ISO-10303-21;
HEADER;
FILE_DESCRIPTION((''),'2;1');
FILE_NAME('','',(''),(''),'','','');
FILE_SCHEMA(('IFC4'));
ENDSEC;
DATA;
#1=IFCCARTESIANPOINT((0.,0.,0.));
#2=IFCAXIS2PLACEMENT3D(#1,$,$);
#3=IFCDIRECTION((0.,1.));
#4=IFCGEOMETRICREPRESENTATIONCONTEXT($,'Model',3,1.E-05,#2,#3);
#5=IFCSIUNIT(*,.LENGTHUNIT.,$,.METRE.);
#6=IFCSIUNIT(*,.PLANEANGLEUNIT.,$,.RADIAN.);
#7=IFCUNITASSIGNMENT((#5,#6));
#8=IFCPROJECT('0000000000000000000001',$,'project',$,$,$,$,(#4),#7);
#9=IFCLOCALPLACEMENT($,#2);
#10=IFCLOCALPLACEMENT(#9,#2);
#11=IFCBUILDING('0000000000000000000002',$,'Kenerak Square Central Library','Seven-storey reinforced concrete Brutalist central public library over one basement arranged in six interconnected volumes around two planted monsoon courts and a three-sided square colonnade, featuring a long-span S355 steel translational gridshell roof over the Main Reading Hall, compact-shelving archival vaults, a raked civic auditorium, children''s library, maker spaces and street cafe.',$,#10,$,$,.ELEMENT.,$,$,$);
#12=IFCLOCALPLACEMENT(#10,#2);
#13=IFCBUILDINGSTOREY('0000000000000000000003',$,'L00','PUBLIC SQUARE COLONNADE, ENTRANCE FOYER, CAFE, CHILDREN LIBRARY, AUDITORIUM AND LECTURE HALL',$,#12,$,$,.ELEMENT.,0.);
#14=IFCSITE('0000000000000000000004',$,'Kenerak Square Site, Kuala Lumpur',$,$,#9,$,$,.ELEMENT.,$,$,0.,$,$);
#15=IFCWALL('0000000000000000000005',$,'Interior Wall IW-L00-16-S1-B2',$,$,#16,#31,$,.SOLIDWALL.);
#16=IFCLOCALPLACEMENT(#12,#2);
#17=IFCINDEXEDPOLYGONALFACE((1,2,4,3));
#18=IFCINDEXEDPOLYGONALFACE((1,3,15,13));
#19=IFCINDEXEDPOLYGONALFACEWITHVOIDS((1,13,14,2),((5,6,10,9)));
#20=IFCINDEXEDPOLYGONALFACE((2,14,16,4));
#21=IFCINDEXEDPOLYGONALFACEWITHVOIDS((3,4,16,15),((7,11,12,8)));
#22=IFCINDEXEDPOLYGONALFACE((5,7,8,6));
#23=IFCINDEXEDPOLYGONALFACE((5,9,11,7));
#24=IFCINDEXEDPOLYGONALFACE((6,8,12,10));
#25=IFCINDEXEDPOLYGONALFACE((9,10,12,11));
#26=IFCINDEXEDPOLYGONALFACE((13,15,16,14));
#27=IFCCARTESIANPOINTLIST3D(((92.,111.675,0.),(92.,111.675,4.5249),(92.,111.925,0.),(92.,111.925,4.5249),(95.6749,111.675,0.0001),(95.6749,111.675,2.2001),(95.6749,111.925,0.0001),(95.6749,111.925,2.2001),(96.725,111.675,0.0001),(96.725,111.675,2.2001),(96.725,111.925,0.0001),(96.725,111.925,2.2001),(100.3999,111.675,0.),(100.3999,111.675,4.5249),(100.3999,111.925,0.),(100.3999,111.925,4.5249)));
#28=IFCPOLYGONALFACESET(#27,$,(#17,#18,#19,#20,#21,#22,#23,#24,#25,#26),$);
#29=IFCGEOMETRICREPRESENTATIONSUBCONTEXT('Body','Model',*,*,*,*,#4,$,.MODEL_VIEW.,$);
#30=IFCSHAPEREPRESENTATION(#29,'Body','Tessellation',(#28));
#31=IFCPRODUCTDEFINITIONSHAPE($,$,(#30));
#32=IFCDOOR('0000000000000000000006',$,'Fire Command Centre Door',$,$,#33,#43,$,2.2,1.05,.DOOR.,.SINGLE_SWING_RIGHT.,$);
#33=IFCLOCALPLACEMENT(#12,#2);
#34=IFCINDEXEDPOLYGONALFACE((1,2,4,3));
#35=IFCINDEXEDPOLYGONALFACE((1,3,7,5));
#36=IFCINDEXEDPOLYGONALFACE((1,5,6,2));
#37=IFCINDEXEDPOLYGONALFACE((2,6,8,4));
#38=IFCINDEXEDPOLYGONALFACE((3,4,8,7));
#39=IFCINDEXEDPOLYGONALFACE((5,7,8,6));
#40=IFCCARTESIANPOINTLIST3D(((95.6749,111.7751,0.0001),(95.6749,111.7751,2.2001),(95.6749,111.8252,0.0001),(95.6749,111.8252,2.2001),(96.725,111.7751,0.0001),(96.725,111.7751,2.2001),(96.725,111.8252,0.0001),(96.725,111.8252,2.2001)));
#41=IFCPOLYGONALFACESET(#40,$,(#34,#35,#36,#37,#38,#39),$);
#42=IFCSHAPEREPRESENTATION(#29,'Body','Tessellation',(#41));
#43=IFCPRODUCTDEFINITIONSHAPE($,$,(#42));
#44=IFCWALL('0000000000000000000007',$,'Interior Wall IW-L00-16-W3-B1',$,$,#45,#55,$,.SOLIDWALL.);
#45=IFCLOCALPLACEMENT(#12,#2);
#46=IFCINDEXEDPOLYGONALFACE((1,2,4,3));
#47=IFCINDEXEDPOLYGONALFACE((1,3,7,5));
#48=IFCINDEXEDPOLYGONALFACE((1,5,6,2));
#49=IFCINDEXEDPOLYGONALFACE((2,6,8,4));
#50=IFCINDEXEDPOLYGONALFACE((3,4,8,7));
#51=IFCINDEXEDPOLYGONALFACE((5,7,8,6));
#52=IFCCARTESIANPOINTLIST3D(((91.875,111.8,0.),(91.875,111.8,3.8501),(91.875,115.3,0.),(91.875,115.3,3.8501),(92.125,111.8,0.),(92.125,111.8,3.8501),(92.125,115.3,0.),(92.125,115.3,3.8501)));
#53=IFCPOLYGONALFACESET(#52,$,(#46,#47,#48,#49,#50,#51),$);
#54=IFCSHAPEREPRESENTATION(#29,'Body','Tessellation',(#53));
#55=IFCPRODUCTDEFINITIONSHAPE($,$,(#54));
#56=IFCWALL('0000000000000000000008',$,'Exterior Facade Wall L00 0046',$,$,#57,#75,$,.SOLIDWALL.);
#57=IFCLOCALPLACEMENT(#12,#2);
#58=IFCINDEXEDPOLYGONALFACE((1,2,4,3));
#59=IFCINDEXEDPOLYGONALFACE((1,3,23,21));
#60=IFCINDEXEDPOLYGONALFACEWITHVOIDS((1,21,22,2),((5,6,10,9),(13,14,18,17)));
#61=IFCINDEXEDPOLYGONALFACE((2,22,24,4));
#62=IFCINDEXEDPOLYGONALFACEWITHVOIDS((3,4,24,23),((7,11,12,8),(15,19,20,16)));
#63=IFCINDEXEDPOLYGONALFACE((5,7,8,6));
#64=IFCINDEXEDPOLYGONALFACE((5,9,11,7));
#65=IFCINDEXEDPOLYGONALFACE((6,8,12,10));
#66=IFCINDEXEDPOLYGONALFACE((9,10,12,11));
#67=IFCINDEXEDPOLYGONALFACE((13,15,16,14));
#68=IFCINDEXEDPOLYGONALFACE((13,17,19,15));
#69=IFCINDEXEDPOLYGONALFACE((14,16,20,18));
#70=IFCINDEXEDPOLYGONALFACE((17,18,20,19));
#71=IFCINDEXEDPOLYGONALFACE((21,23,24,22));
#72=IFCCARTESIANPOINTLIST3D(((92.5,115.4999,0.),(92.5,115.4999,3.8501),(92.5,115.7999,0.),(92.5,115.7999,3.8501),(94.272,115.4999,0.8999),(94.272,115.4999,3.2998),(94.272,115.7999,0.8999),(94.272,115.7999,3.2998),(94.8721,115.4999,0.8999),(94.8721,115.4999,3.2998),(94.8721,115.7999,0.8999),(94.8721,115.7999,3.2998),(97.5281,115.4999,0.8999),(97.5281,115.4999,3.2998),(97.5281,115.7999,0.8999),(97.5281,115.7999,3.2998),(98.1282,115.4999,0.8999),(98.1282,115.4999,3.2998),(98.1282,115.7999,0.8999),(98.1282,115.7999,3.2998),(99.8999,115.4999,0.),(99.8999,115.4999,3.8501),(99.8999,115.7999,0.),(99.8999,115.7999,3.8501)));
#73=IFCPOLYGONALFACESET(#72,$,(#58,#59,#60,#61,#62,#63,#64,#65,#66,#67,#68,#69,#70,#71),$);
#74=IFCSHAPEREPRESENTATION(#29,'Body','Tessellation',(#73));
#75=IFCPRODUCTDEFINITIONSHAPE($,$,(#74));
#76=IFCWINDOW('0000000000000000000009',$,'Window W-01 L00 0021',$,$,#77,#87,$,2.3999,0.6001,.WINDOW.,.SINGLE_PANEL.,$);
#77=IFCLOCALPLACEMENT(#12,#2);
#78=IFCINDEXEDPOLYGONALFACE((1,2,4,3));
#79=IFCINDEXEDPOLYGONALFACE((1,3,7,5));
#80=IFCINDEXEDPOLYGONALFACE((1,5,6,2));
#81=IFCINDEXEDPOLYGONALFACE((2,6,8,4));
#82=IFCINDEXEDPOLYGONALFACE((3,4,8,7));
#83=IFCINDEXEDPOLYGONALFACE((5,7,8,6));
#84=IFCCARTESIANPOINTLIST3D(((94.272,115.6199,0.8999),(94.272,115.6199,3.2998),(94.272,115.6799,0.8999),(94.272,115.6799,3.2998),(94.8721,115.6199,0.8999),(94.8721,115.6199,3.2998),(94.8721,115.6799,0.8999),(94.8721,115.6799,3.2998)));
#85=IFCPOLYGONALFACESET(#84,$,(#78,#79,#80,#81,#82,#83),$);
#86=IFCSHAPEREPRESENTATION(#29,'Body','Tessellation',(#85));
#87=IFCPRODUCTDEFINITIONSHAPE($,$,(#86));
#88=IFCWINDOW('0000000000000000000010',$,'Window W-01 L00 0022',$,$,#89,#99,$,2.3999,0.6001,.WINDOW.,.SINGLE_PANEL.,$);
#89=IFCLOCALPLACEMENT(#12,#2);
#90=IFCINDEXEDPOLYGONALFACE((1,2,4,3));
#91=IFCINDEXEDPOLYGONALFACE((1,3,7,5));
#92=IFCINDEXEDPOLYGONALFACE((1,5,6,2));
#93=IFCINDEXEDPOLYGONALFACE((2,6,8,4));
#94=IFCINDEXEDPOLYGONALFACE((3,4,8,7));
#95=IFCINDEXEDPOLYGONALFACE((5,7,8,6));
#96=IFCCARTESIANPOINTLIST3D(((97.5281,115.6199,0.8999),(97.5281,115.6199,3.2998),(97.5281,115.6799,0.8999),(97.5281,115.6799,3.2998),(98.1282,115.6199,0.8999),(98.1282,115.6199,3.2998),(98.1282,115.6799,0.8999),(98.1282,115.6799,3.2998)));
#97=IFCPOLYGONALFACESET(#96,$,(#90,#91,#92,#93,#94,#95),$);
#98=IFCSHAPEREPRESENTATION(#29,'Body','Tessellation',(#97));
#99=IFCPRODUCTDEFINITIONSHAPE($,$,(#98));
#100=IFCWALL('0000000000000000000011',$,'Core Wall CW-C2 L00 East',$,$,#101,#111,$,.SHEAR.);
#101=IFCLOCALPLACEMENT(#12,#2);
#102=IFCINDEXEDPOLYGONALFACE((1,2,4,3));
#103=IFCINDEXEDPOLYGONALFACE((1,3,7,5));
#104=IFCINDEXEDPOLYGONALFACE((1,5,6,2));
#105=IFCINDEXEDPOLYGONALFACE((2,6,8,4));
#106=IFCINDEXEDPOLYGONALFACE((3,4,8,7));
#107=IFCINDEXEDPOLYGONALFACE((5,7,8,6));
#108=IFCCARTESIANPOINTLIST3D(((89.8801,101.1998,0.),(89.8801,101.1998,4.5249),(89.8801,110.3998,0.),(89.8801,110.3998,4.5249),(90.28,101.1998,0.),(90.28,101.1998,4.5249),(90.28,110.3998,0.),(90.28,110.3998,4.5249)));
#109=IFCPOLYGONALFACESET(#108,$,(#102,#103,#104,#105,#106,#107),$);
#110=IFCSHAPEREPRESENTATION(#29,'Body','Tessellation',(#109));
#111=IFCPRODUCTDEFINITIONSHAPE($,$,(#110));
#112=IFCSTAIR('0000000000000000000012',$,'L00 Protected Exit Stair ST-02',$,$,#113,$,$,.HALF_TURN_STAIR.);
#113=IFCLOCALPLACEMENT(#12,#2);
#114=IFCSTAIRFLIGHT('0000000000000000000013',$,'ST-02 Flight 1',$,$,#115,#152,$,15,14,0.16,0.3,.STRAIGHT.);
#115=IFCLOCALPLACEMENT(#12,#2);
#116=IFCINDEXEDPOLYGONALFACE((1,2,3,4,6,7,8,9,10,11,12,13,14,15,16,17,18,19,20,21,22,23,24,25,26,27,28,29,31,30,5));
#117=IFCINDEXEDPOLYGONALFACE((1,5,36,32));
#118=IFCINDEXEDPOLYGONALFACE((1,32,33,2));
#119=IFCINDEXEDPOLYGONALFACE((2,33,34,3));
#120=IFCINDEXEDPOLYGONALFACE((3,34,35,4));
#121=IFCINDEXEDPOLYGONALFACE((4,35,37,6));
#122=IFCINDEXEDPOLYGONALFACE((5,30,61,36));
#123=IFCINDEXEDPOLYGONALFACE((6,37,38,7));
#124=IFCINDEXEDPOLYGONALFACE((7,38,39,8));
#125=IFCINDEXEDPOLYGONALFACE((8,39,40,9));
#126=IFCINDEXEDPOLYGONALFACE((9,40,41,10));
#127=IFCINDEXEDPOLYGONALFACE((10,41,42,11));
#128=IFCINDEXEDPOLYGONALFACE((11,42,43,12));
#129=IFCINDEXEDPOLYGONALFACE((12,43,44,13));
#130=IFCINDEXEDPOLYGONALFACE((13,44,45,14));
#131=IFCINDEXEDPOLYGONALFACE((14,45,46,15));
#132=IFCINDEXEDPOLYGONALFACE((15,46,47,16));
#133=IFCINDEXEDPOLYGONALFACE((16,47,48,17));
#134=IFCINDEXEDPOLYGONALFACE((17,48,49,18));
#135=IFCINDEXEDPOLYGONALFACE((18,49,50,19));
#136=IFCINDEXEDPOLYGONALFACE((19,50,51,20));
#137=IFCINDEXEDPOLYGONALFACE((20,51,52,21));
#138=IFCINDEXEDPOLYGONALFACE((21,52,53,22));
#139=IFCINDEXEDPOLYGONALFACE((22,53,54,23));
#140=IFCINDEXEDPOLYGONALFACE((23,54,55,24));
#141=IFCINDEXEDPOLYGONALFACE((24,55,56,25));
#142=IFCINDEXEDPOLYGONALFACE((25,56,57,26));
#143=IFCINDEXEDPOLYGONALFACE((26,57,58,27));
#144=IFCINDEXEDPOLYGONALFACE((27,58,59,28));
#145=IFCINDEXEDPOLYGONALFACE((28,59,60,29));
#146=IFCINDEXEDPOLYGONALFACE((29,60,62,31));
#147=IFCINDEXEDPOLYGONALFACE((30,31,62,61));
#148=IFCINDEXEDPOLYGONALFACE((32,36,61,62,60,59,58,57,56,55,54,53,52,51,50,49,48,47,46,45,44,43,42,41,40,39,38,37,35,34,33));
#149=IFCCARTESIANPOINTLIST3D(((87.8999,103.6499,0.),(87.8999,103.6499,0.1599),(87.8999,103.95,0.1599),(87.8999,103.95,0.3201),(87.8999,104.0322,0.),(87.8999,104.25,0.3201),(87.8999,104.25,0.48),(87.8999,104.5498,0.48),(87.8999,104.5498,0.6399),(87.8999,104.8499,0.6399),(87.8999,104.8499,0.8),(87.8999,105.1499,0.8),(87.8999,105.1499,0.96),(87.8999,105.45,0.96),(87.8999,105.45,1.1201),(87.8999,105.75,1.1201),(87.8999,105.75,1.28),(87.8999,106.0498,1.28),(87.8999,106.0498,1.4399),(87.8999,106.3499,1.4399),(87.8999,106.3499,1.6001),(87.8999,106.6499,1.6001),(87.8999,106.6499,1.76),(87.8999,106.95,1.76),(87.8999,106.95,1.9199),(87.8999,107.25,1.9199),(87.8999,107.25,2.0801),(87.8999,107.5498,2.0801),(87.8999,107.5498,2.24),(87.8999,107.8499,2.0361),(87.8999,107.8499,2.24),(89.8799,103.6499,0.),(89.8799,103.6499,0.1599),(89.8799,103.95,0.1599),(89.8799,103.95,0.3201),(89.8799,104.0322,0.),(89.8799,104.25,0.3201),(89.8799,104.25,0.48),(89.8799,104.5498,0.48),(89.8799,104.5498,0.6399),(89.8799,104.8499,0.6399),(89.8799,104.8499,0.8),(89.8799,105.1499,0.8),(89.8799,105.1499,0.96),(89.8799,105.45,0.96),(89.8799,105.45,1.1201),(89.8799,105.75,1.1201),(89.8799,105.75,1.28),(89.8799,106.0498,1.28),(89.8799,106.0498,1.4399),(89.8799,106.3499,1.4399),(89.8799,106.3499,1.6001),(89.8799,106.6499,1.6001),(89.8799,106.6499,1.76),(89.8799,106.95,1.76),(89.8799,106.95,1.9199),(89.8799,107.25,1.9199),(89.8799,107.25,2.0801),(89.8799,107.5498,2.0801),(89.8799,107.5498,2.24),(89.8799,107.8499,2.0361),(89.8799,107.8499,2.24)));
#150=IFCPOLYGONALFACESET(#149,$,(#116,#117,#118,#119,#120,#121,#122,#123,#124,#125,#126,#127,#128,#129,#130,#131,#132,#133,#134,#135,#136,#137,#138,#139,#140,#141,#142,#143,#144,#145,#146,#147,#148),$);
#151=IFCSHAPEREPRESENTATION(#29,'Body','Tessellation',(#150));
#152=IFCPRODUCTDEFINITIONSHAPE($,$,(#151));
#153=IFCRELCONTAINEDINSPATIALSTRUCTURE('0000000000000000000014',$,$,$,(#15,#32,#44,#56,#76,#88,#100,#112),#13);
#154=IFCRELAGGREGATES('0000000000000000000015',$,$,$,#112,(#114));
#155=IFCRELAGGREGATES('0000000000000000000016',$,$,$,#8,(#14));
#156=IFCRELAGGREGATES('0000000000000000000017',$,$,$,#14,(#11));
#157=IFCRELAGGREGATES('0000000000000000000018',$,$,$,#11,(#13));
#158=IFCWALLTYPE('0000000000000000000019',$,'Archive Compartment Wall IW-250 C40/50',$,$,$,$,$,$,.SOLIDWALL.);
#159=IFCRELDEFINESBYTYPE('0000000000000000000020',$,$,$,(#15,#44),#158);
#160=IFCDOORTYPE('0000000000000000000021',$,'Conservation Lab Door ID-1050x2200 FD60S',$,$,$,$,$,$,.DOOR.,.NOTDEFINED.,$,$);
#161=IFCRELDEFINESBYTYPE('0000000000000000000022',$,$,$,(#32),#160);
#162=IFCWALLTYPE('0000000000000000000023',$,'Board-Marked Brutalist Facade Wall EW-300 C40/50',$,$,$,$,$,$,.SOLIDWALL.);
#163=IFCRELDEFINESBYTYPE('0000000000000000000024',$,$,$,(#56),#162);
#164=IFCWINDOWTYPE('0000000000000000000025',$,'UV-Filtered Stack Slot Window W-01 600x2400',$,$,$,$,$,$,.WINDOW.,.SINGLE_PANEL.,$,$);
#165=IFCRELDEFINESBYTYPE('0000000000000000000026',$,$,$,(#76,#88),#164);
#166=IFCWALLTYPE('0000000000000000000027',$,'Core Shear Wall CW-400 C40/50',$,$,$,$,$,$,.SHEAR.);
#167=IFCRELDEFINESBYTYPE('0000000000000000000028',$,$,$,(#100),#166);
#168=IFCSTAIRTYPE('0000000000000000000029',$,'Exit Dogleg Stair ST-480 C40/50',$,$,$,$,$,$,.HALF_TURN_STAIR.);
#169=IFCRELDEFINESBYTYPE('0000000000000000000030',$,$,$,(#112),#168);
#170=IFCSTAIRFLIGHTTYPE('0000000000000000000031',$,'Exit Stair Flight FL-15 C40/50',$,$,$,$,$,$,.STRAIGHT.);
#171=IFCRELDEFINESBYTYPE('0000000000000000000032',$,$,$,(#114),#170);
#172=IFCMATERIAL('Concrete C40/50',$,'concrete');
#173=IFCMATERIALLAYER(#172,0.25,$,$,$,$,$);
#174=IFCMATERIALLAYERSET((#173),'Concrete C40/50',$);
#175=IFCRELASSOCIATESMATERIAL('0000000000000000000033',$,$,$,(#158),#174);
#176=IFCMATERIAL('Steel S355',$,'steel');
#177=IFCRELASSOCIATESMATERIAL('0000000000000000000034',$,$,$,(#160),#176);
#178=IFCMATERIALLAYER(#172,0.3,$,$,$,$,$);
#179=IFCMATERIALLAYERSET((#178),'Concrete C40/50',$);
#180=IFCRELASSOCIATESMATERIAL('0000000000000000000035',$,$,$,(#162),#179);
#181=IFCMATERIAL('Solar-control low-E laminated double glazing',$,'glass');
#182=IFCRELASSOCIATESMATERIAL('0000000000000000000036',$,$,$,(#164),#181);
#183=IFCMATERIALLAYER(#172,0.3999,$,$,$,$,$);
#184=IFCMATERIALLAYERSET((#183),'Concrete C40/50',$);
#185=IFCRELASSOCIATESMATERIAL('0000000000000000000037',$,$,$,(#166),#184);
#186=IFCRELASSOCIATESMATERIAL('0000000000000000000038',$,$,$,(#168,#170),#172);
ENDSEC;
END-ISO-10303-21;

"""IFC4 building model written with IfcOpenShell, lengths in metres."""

from ifc_helpers import new_model, si_unit, direction, frame, frame_2d, origin, place, context, subcontext, project, spatial, polyline, rectangle, outline, extrude, material, layer, layer_set, type_object, element, fill, aggregate, save


model = new_model("IFC4")

# Units and contexts
model_context = context("Model", 3, precision=1e-05, world=origin(), true_north=direction((0.0, 1.0)))
body_context = subcontext(model_context, "Body", "Model", "MODEL_VIEW")
ifc_project = project(units=[si_unit("LENGTHUNIT", "METRE"), si_unit("PLANEANGLEUNIT", "RADIAN")], contexts=[model_context])

# Site, building, storey
site_placement = place(None, origin())
site = spatial("IfcSite", under=ifc_project, at=site_placement, Name="Kenerak Square Site, Kuala Lumpur", CompositionType="ELEMENT", RefElevation=0.0)
building_placement = place(site_placement, origin())
building = spatial("IfcBuilding", under=site, at=building_placement, Name="Kenerak Square Central Library", Description="Seven-storey reinforced concrete Brutalist central public library over one basement arranged in six interconnected volumes around two planted monsoon courts and a three-sided square colonnade, featuring a long-span S355 steel translational gridshell roof over the Main Reading Hall, compact-shelving archival vaults, a raked civic auditorium, children's library, maker spaces and street cafe.", CompositionType="ELEMENT")
storey_placement = place(building_placement, origin())
storey = spatial("IfcBuildingStorey", under=building, at=storey_placement, Name="L00", Description="PUBLIC SQUARE COLONNADE, ENTRANCE FOYER, CAFE, CHILDREN LIBRARY, AUDITORIUM AND LECTURE HALL", CompositionType="ELEMENT", Elevation=0.0)

# Shared definitions
ifc_material_1 = material(Name="Concrete C40/50", Category="concrete")

# Wall, opening, door
ifc_layer_1 = layer(ifc_material_1, 0.25)
ifc_layer_set_1 = layer_set([ifc_layer_1], Name="Concrete C40/50")
wall_type_1 = type_object("IfcWallType", Name="Archive Compartment Wall IW-250 C40/50", PredefinedType="SOLIDWALL", material=ifc_layer_set_1)
wall_1_placement = place(storey_placement, frame((100.3999, 111.8, 0.0), z_axis=(0.0, 0.0, 1.0), x_axis=(-1.0, 0.0, 0.0)))
wall_1 = element("IfcWall", 1, at=wall_1_placement, inside=storey, type_object=wall_type_1, Name="Interior Wall IW-L00-16-S1-B2", PredefinedType="SOLIDWALL", context=body_context, shape_type="SweptSolid", body=[
    extrude(rectangle(XDim=8.3999, YDim=0.25, at=frame_2d((4.2, 0.0))), origin(), (0.0, 0.0, 1.0), 4.5249),
])
opening_1_placement = place(wall_1_placement, frame((3.675, 0.0, 0.0)))
opening_1 = element("IfcOpeningElement", 2, at=opening_1_placement, cuts=wall_1, PredefinedType="OPENING", context=body_context, shape_type="SweptSolid", body=[
    extrude(rectangle(XDim=1.05, YDim=2.2, at=frame_2d((0.5249, 1.1001))), frame((0.0, 0.135, 0.0), z_axis=(0.0, -1.0, 0.0), x_axis=(1.0, 0.0, 0.0)), (0.0, 0.0, 1.0), 0.27),
])
ifc_material_2 = material(Name="Steel S355", Category="steel")
door_type = type_object("IfcDoorType", Name="Conservation Lab Door ID-1050x2200 FD60S", OperationType="NOTDEFINED", PredefinedType="DOOR", material=ifc_material_2)
door_placement = place(opening_1_placement, origin())
door = element("IfcDoor", 3, at=door_placement, inside=storey, type_object=door_type, Name="Fire Command Centre Door", OperationType="SINGLE_SWING_RIGHT", OverallHeight=2.2, OverallWidth=1.05, PredefinedType="DOOR", context=body_context, shape_type="SweptSolid", body=[
    extrude(rectangle(XDim=1.05, YDim=2.2, at=frame_2d((0.5249, 1.1001))), frame((0.0, 0.0249, 0.0), z_axis=(0.0, -1.0, 0.0), x_axis=(1.0, 0.0, 0.0)), (0.0, 0.0, 1.0), 0.05),
])
fill(opening_1, door)

# Wall
wall_2_placement = place(storey_placement, frame((92.0, 111.8, 0.0), z_axis=(0.0, 0.0, 1.0), x_axis=(0.0, 1.0, 0.0)))
element("IfcWall", 4, at=wall_2_placement, inside=storey, type_object=wall_type_1, Name="Interior Wall IW-L00-16-W3-B1", PredefinedType="SOLIDWALL", context=body_context, shape_type="SweptSolid", body=[
    extrude(rectangle(XDim=3.5, YDim=0.25, at=frame_2d((1.75, 0.0))), origin(), (0.0, 0.0, 1.0), 3.8501),
])

# Wall, openings, windows
ifc_layer_2 = layer(ifc_material_1, 0.3)
ifc_layer_set_2 = layer_set([ifc_layer_2], Name="Concrete C40/50")
wall_type_2 = type_object("IfcWallType", Name="Board-Marked Brutalist Facade Wall EW-300 C40/50", PredefinedType="SOLIDWALL", material=ifc_layer_set_2)
wall_3_placement = place(storey_placement, frame((92.5, 115.6499, 0.0), z_axis=(0.0, 0.0, 1.0), x_axis=(1.0, 0.0, 0.0)))
wall_3 = element("IfcWall", 5, at=wall_3_placement, inside=storey, type_object=wall_type_2, Name="Exterior Facade Wall L00 0046", PredefinedType="SOLIDWALL", context=body_context, shape_type="SweptSolid", body=[
    extrude(rectangle(XDim=7.3999, YDim=0.3, at=frame_2d((3.7, 0.0))), origin(), (0.0, 0.0, 1.0), 3.8501),
])
opening_2_placement = place(wall_3_placement, frame((1.772, 0.0, 0.8999)))
opening_2 = element("IfcOpeningElement", 6, at=opening_2_placement, cuts=wall_3, PredefinedType="OPENING", context=body_context, shape_type="SweptSolid", body=[
    extrude(rectangle(XDim=0.6001, YDim=2.3999, at=frame_2d((0.3, 1.2))), frame((0.0, 0.1599, 0.0), z_axis=(0.0, -1.0, 0.0), x_axis=(1.0, 0.0, 0.0)), (0.0, 0.0, 1.0), 0.3201),
])
opening_3_placement = place(wall_3_placement, frame((5.0281, 0.0, 0.8999)))
opening_3 = element("IfcOpeningElement", 7, at=opening_3_placement, cuts=wall_3, PredefinedType="OPENING", context=body_context, shape_type="SweptSolid", body=[
    extrude(rectangle(XDim=0.6001, YDim=2.3999, at=frame_2d((0.3, 1.2))), frame((0.0, 0.1599, 0.0), z_axis=(0.0, -1.0, 0.0), x_axis=(1.0, 0.0, 0.0)), (0.0, 0.0, 1.0), 0.3201),
])
ifc_material_3 = material(Name="Solar-control low-E laminated double glazing", Category="glass")
window_type = type_object("IfcWindowType", Name="UV-Filtered Stack Slot Window W-01 600x2400", PartitioningType="SINGLE_PANEL", PredefinedType="WINDOW", material=ifc_material_3)
window_1_placement = place(opening_2_placement, origin())
window_1 = element("IfcWindow", 8, at=window_1_placement, inside=storey, type_object=window_type, Name="Window W-01 L00 0021", OverallHeight=2.3999, OverallWidth=0.6001, PartitioningType="SINGLE_PANEL", PredefinedType="WINDOW", context=body_context, shape_type="SweptSolid", body=[
    extrude(rectangle(XDim=0.6001, YDim=2.3999, at=frame_2d((0.3, 1.2))), frame((0.0, 0.03, 0.0), z_axis=(0.0, -1.0, 0.0), x_axis=(1.0, 0.0, 0.0)), (0.0, 0.0, 1.0), 0.0601),
])
fill(opening_2, window_1)
window_2_placement = place(opening_3_placement, origin())
window_2 = element("IfcWindow", 9, at=window_2_placement, inside=storey, type_object=window_type, Name="Window W-01 L00 0022", OverallHeight=2.3999, OverallWidth=0.6001, PartitioningType="SINGLE_PANEL", PredefinedType="WINDOW", context=body_context, shape_type="SweptSolid", body=[
    extrude(rectangle(XDim=0.6001, YDim=2.3999, at=frame_2d((0.3, 1.2))), frame((0.0, 0.03, 0.0), z_axis=(0.0, -1.0, 0.0), x_axis=(1.0, 0.0, 0.0)), (0.0, 0.0, 1.0), 0.0601),
])
fill(opening_3, window_2)

# Wall
ifc_layer_3 = layer(ifc_material_1, 0.3999)
ifc_layer_set_3 = layer_set([ifc_layer_3], Name="Concrete C40/50")
wall_type_3 = type_object("IfcWallType", Name="Core Shear Wall CW-400 C40/50", PredefinedType="SHEAR", material=ifc_layer_set_3)
wall_4_placement = place(storey_placement, frame((90.0801, 110.3999, 0.0), z_axis=(0.0, 0.0, 1.0), x_axis=(0.0, -1.0, 0.0)))
element("IfcWall", 10, at=wall_4_placement, inside=storey, type_object=wall_type_3, Name="Core Wall CW-C2 L00 East", PredefinedType="SHEAR", context=body_context, shape_type="SweptSolid", body=[
    extrude(rectangle(XDim=9.2, YDim=0.3999, at=frame_2d((4.6001, 0.0))), origin(), (0.0, 0.0, 1.0), 4.5249),
])

# Stair, stair flight
stair_type = type_object("IfcStairType", Name="Exit Dogleg Stair ST-480 C40/50", PredefinedType="HALF_TURN_STAIR", material=ifc_material_1)
stair_placement = place(storey_placement, origin())
stair = element("IfcStair", 11, at=stair_placement, inside=storey, type_object=stair_type, Name="L00 Protected Exit Stair ST-02", PredefinedType="HALF_TURN_STAIR")
stair_flight_type = type_object("IfcStairFlightType", Name="Exit Stair Flight FL-15 C40/50", PredefinedType="STRAIGHT", material=ifc_material_1)
stair_flight_placement = place(storey_placement, frame((88.8899, 103.6499, 0.0), z_axis=(0.0, 0.0, 1.0), x_axis=(0.0, 1.0, 0.0)))
stair_flight = element("IfcStairFlight", 12, at=stair_flight_placement, type_object=stair_flight_type, Name="ST-02 Flight 1", NumberOfRisers=15, NumberOfTreads=14, PredefinedType="STRAIGHT", RiserHeight=0.16, TreadLength=0.3, context=body_context, shape_type="SweptSolid", body=[
    extrude(outline(polyline([(0.0, 0.0), (0.0, 0.1599), (0.3, 0.1599), (0.3, 0.3201), (0.6001, 0.3201), (0.6001, 0.48), (0.8999, 0.48), (0.8999, 0.6399), (1.2, 0.6399), (1.2, 0.8), (1.5, 0.8), (1.5, 0.96), (1.8, 0.96), (1.8, 1.1201), (2.1001, 1.1201), (2.1001, 1.28), (2.3999, 1.28), (2.3999, 1.4399), (2.7, 1.4399), (2.7, 1.6001), (3.0, 1.6001), (3.0, 1.76), (3.3, 1.76), (3.3, 1.9199), (3.6001, 1.9199), (3.6001, 2.0801), (3.8999, 2.0801), (3.8999, 2.24), (4.2, 2.24), (4.2, 2.3999), (4.2, 2.0361), (0.3823, 0.0), (0.0, 0.0)])), frame((0.0, 0.99, 0.0), z_axis=(0.0, -1.0, 0.0), x_axis=(1.0, 0.0, 0.0)), (0.0, 0.0, 1.0), 1.98),
])
aggregate(stair, [stair_flight])

save(model, "model.ifc")
